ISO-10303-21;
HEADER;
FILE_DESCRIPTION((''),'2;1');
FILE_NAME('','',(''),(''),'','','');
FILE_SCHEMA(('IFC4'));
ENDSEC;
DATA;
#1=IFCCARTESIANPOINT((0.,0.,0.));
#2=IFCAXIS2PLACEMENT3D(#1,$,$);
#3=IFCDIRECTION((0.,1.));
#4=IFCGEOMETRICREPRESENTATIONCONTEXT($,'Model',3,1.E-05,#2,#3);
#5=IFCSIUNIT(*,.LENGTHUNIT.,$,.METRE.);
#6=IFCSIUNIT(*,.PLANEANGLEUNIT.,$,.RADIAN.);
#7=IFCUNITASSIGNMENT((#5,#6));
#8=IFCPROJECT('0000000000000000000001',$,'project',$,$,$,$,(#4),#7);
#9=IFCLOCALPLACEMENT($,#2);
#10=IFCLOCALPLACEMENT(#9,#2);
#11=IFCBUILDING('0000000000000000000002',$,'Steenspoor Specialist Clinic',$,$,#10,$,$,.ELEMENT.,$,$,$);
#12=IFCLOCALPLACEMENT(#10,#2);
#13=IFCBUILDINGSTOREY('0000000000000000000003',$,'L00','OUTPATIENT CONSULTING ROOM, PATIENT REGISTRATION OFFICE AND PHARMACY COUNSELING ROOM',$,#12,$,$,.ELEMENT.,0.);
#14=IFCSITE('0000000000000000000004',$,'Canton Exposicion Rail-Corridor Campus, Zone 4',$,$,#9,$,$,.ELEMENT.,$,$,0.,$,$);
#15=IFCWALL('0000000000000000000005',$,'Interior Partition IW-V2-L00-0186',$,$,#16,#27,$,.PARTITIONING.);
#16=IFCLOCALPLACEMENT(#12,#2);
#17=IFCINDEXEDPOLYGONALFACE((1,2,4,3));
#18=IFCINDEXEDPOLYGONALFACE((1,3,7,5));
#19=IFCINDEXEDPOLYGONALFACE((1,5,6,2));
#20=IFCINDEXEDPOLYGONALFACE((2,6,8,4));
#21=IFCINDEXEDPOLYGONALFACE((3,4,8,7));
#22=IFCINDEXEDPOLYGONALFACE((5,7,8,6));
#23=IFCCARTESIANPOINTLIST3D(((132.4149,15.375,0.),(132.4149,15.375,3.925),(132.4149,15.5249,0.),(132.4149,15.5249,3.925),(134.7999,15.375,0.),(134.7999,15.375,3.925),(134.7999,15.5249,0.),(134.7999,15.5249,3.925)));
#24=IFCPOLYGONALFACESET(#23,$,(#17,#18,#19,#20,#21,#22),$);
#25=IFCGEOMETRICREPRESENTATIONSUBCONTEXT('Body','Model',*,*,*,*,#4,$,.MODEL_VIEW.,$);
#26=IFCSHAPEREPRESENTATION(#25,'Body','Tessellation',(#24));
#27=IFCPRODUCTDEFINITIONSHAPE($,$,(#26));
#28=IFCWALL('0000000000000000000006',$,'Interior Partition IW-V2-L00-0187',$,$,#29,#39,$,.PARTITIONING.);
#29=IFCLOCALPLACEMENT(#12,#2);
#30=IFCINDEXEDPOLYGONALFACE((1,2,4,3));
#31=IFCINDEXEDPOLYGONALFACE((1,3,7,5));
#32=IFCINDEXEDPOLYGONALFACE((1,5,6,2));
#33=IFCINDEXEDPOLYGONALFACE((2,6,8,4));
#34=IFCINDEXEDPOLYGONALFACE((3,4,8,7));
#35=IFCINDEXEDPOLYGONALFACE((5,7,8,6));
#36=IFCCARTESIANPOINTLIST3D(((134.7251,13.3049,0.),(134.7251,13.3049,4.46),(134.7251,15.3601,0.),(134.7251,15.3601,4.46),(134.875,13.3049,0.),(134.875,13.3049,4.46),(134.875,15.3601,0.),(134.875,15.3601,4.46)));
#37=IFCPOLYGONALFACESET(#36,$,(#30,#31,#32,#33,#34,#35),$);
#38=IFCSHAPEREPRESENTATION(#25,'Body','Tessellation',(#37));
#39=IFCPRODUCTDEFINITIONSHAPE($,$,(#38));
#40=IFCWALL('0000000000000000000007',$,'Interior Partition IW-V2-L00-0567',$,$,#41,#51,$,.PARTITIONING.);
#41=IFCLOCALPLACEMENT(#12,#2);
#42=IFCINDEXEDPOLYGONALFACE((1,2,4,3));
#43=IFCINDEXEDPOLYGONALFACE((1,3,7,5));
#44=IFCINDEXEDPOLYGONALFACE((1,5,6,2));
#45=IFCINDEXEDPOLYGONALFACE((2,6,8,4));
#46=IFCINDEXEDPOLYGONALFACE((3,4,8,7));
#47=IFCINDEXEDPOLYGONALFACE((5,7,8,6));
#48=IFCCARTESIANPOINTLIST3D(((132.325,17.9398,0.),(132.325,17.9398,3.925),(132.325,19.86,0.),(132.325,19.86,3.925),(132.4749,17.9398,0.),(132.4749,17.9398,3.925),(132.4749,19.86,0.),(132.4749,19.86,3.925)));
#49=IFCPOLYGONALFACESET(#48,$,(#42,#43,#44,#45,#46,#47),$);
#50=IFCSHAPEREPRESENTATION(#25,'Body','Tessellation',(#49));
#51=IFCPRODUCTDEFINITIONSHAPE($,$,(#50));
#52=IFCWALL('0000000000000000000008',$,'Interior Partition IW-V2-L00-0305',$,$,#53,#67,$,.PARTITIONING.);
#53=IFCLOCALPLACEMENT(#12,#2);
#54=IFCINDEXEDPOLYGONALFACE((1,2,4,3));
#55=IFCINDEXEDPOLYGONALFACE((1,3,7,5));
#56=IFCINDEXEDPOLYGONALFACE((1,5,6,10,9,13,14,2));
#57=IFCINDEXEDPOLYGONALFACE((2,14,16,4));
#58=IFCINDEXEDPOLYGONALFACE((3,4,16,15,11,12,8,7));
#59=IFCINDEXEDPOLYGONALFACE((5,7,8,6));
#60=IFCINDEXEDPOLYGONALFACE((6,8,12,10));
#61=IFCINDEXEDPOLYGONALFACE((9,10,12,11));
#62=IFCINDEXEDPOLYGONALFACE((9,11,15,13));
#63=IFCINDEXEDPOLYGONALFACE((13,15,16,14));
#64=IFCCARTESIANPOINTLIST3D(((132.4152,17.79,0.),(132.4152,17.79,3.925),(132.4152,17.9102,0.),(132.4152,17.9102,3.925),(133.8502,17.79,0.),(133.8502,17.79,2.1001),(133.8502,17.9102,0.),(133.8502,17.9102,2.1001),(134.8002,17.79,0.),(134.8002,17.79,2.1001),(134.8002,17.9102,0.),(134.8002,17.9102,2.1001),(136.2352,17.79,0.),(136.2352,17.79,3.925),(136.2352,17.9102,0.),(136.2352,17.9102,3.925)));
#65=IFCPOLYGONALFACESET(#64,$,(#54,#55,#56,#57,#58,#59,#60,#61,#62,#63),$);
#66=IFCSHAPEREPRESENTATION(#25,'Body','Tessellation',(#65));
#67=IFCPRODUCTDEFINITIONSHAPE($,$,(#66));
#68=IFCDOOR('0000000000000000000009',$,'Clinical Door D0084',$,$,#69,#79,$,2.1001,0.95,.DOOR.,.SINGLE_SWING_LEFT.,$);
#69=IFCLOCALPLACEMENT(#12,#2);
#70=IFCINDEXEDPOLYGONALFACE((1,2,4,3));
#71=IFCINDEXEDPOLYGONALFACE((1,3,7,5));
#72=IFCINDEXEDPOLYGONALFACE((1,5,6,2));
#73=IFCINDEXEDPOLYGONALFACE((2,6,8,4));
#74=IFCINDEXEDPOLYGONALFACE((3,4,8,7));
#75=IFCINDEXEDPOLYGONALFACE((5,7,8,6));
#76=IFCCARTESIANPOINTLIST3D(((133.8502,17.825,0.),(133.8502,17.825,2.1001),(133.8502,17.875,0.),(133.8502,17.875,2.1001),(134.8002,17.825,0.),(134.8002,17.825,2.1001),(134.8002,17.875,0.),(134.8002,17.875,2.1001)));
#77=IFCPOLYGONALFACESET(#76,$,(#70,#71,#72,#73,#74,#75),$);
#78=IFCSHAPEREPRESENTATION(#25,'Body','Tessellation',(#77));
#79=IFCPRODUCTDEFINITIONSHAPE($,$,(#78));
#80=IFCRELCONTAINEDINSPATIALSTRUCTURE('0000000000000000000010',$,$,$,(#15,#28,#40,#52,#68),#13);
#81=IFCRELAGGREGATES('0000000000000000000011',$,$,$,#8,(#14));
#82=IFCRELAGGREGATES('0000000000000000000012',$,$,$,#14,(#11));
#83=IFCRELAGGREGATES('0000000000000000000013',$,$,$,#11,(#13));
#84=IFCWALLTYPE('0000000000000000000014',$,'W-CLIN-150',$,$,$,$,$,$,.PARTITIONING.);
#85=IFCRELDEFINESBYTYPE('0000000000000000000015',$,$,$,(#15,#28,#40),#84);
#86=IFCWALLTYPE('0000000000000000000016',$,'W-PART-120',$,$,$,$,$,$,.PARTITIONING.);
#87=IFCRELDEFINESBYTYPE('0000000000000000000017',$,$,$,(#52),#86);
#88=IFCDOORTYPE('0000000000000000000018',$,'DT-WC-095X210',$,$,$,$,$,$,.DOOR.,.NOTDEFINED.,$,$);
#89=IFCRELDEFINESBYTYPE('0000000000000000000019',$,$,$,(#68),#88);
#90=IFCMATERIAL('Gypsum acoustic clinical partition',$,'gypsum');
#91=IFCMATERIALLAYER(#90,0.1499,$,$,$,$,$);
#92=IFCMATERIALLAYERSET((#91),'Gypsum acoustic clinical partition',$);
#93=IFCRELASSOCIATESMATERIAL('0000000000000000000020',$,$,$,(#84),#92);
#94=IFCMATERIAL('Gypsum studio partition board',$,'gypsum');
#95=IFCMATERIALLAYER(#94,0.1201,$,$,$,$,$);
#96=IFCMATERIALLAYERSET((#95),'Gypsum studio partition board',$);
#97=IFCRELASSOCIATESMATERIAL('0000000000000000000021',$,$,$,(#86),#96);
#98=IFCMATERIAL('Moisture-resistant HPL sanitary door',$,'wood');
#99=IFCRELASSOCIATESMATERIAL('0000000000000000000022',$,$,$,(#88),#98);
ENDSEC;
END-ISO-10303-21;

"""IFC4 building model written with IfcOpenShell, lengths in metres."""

from ifc_helpers import new_model, si_unit, direction, frame, frame_2d, origin, place, context, subcontext, project, spatial, rectangle, extrude, material, layer, layer_set, type_object, element, fill, save


model = new_model("IFC4")

# Units and contexts
model_context = context("Model", 3, precision=1e-05, world=origin(), true_north=direction((0.0, 1.0)))
body_context = subcontext(model_context, "Body", "Model", "MODEL_VIEW")
ifc_project = project(units=[si_unit("LENGTHUNIT", "METRE"), si_unit("PLANEANGLEUNIT", "RADIAN")], contexts=[model_context])

# Site, building, storey
site_placement = place(None, origin())
site = spatial("IfcSite", under=ifc_project, at=site_placement, Name="Canton Exposicion Rail-Corridor Campus, Zone 4", CompositionType="ELEMENT", RefElevation=0.0)
building_placement = place(site_placement, origin())
building = spatial("IfcBuilding", under=site, at=building_placement, Name="Steenspoor Specialist Clinic", CompositionType="ELEMENT")
storey_placement = place(building_placement, origin())
storey = spatial("IfcBuildingStorey", under=building, at=storey_placement, Name="L00", Description="OUTPATIENT CONSULTING ROOM, PATIENT REGISTRATION OFFICE AND PHARMACY COUNSELING ROOM", CompositionType="ELEMENT", Elevation=0.0)

# Walls
ifc_material_1 = material(Name="Gypsum acoustic clinical partition", Category="gypsum")
ifc_layer_1 = layer(ifc_material_1, 0.1499)
ifc_layer_set_1 = layer_set([ifc_layer_1], Name="Gypsum acoustic clinical partition")
wall_type_1 = type_object("IfcWallType", Name="W-CLIN-150", PredefinedType="PARTITIONING", material=ifc_layer_set_1)
wall_1_placement = place(storey_placement, frame((132.415, 15.45, 0.0), z_axis=(0.0, 0.0, 1.0), x_axis=(1.0, 0.0, 0.0)))
element("IfcWall", 1, at=wall_1_placement, inside=storey, type_object=wall_type_1, Name="Interior Partition IW-V2-L00-0186", PredefinedType="PARTITIONING", context=body_context, shape_type="SweptSolid", body=[
    extrude(rectangle(XDim=2.385, YDim=0.1499, at=frame_2d((1.1924, 0.0))), origin(), (0.0, 0.0, 1.0), 3.925),
])
wall_2_placement = place(storey_placement, frame((134.8, 13.3049, 0.0), z_axis=(0.0, 0.0, 1.0), x_axis=(0.0, 1.0, 0.0)))
element("IfcWall", 2, at=wall_2_placement, inside=storey, type_object=wall_type_1, Name="Interior Partition IW-V2-L00-0187", PredefinedType="PARTITIONING", context=body_context, shape_type="SweptSolid", body=[
    extrude(rectangle(XDim=2.0552, YDim=0.1499, at=frame_2d((1.0276, 0.0))), origin(), (0.0, 0.0, 1.0), 4.46),
])
wall_3_placement = place(storey_placement, frame((132.3999, 17.9399, 0.0), z_axis=(0.0, 0.0, 1.0), x_axis=(0.0, 1.0, 0.0)))
element("IfcWall", 3, at=wall_3_placement, inside=storey, type_object=wall_type_1, Name="Interior Partition IW-V2-L00-0567", PredefinedType="PARTITIONING", context=body_context, shape_type="SweptSolid", body=[
    extrude(rectangle(XDim=1.9202, YDim=0.1499, at=frame_2d((0.96, 0.0))), origin(), (0.0, 0.0, 1.0), 3.925),
])

# Wall, opening, door
ifc_material_2 = material(Name="Gypsum studio partition board", Category="gypsum")
ifc_layer_2 = layer(ifc_material_2, 0.1201)
ifc_layer_set_2 = layer_set([ifc_layer_2], Name="Gypsum studio partition board")
wall_type_2 = type_object("IfcWallType", Name="W-PART-120", PredefinedType="PARTITIONING", material=ifc_layer_set_2)
wall_4_placement = place(storey_placement, frame((132.415, 17.8501, 0.0), z_axis=(0.0, 0.0, 1.0), x_axis=(1.0, 0.0, 0.0)))
wall_4 = element("IfcWall", 4, at=wall_4_placement, inside=storey, type_object=wall_type_2, Name="Interior Partition IW-V2-L00-0305", PredefinedType="PARTITIONING", context=body_context, shape_type="SweptSolid", body=[
    extrude(rectangle(XDim=3.8201, YDim=0.1201, at=frame_2d((1.9102, 0.0))), origin(), (0.0, 0.0, 1.0), 3.925),
])
opening_1_placement = place(wall_4_placement, frame((1.4351, 0.0, 0.0)))
opening_1 = element("IfcOpeningElement", 5, at=opening_1_placement, cuts=wall_4, PredefinedType="OPENING", context=body_context, shape_type="SweptSolid", body=[
    extrude(rectangle(XDim=0.95, YDim=2.1001, at=frame_2d((0.4751, 1.05))), frame((0.0, 0.0701, 0.0), z_axis=(0.0, -1.0, 0.0), x_axis=(1.0, 0.0, 0.0)), (0.0, 0.0, 1.0), 0.1401),
])
ifc_material_3 = material(Name="Moisture-resistant HPL sanitary door", Category="wood")
door_type_1 = type_object("IfcDoorType", Name="DT-WC-095X210", OperationType="NOTDEFINED", PredefinedType="DOOR", material=ifc_material_3)
door_1_placement = place(opening_1_placement, origin())
door_1 = element("IfcDoor", 6, at=door_1_placement, inside=storey, type_object=door_type_1, Name="Clinical Door D0084", OperationType="SINGLE_SWING_LEFT", OverallHeight=2.1001, OverallWidth=0.95, PredefinedType="DOOR", context=body_context, shape_type="SweptSolid", body=[
    extrude(rectangle(XDim=0.95, YDim=2.1001, at=frame_2d((0.4751, 1.05))), frame((0.0, 0.0249, 0.0), z_axis=(0.0, -1.0, 0.0), x_axis=(1.0, 0.0, 0.0)), (0.0, 0.0, 1.0), 0.05),
])
fill(opening_1, door_1)

save(model, "model.ifc")
